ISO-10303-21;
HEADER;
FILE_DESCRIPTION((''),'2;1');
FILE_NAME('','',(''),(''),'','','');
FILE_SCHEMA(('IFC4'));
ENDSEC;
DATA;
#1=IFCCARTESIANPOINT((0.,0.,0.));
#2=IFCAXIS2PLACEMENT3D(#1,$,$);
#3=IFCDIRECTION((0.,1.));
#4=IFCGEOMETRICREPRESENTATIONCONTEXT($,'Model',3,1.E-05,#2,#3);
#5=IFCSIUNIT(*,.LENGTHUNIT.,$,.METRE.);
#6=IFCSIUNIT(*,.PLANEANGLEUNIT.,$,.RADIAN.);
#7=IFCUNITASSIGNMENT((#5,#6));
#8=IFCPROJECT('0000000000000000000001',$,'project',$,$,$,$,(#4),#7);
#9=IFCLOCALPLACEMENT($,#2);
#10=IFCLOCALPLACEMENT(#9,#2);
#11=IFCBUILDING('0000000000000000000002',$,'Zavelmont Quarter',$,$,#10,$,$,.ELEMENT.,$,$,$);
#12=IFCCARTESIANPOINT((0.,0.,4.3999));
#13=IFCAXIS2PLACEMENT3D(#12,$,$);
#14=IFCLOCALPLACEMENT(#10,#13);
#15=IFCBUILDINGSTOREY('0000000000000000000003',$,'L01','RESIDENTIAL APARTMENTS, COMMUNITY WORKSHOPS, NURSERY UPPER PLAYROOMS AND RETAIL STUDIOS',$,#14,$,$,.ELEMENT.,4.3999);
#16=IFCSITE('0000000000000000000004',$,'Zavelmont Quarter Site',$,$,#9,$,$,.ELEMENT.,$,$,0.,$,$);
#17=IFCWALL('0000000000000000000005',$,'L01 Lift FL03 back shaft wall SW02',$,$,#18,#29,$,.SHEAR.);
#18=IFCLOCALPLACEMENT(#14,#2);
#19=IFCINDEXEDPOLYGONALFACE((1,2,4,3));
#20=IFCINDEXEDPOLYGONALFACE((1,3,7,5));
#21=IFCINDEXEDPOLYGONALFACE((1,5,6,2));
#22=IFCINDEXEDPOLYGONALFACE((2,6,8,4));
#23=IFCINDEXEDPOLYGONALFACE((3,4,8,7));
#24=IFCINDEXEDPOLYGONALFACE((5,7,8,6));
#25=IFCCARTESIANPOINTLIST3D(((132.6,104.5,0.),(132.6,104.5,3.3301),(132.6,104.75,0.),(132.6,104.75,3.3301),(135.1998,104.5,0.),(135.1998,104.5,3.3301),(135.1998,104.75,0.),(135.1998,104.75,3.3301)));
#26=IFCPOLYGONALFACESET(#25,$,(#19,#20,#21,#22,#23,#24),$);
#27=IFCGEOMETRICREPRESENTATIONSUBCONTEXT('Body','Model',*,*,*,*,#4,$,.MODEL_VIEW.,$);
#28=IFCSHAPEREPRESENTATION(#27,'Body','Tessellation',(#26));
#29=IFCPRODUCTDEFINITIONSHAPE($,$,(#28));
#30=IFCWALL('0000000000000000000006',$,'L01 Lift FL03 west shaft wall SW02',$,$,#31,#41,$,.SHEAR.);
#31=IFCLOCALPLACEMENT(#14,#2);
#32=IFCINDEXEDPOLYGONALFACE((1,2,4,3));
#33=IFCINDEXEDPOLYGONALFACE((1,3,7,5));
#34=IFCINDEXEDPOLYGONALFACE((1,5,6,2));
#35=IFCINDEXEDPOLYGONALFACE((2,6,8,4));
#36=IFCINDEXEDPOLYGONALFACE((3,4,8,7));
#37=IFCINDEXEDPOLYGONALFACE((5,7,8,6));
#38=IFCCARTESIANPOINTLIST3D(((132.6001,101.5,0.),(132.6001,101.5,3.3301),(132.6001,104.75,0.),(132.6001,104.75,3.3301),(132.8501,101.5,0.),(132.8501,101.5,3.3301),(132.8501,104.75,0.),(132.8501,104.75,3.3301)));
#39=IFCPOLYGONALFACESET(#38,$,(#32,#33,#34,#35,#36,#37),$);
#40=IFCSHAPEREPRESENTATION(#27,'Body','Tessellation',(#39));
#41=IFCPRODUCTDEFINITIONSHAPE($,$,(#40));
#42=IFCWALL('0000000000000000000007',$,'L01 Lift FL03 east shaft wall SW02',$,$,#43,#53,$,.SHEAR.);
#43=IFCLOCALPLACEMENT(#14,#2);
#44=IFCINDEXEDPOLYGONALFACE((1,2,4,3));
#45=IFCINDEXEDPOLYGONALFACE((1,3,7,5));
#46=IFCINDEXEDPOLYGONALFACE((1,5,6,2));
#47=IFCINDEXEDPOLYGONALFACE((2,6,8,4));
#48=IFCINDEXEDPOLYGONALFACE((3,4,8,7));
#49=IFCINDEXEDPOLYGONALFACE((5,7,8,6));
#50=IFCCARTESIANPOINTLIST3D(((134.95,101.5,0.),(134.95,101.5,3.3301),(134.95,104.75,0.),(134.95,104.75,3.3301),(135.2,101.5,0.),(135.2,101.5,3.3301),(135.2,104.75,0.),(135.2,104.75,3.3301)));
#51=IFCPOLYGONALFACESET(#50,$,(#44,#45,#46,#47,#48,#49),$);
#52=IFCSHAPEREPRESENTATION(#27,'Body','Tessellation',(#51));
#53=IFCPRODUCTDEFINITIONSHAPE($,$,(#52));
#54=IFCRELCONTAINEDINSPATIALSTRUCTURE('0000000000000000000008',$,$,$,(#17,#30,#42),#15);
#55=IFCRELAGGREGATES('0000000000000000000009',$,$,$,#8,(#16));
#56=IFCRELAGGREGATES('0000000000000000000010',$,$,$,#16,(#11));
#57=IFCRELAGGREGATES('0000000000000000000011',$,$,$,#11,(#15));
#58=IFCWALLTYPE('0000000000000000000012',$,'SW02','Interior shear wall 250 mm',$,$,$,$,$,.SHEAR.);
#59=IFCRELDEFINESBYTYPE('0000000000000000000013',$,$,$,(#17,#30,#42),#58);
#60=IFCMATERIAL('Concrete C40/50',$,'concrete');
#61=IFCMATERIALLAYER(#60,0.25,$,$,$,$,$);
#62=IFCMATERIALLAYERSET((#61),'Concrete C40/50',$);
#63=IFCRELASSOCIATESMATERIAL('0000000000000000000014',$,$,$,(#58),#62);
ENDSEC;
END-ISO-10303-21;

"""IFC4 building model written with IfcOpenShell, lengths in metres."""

from ifc_helpers import new_model, si_unit, direction, frame, frame_2d, origin, place, context, subcontext, project, spatial, rectangle, extrude, material, layer, layer_set, type_object, element, save


model = new_model("IFC4")

# Units and contexts
model_context = context("Model", 3, precision=1e-05, world=origin(), true_north=direction((0.0, 1.0)))
body_context = subcontext(model_context, "Body", "Model", "MODEL_VIEW")
ifc_project = project(units=[si_unit("LENGTHUNIT", "METRE"), si_unit("PLANEANGLEUNIT", "RADIAN")], contexts=[model_context])

# Site, building, storey
site_placement = place(None, origin())
site = spatial("IfcSite", under=ifc_project, at=site_placement, Name="Zavelmont Quarter Site", CompositionType="ELEMENT", RefElevation=0.0)
building_placement = place(site_placement, origin())
building = spatial("IfcBuilding", under=site, at=building_placement, Name="Zavelmont Quarter", CompositionType="ELEMENT")
storey_placement = place(building_placement, frame((0.0, 0.0, 4.3999)))
storey = spatial("IfcBuildingStorey", under=building, at=storey_placement, Name="L01", Description="RESIDENTIAL APARTMENTS, COMMUNITY WORKSHOPS, NURSERY UPPER PLAYROOMS AND RETAIL STUDIOS", CompositionType="ELEMENT", Elevation=4.3999)

# Shared definitions
ifc_material_1 = material(Name="Concrete C40/50", Category="concrete")

# Shared definitions
ifc_layer_1 = layer(ifc_material_1, 0.25)
ifc_layer_set_1 = layer_set([ifc_layer_1], Name="Concrete C40/50")
wall_type_1 = type_object("IfcWallType", Name="SW02", Description="Interior shear wall 250 mm", PredefinedType="SHEAR", material=ifc_layer_set_1)

# Walls
wall_1_placement = place(storey_placement, frame((132.6001, 104.625, 0.0), z_axis=(0.0, 0.0, 1.0), x_axis=(1.0, 0.0, 0.0)))
element("IfcWall", 1, at=wall_1_placement, inside=storey, type_object=wall_type_1, Name="L01 Lift FL03 back shaft wall SW02", PredefinedType="SHEAR", context=body_context, shape_type="SweptSolid", body=[
    extrude(rectangle(XDim=2.5999, YDim=0.25, at=frame_2d((1.2998, 0.0))), origin(), (0.0, 0.0, 1.0), 3.3301),
])
for number, where, z_axis, x_axis, name in (
    (2, (132.7251, 101.5, 0.0), (0.0, 0.0, 1.0), (0.0, 1.0, 0.0), "L01 Lift FL03 west shaft wall SW02"),
    (3, (135.075, 101.5, 0.0), (0.0, 0.0, 1.0), (0.0, 1.0, 0.0), "L01 Lift FL03 east shaft wall SW02"),
):
    element("IfcWall", number, at=place(storey_placement, frame(where, z_axis=z_axis, x_axis=x_axis)), inside=storey, type_object=wall_type_1, Name=name, PredefinedType="SHEAR", context=body_context, shape_type="SweptSolid", body=[
        extrude(rectangle(XDim=3.25, YDim=0.25, at=frame_2d((1.625, 0.0))), origin(), (0.0, 0.0, 1.0), 3.3301),
    ])

save(model, "model.ifc")
